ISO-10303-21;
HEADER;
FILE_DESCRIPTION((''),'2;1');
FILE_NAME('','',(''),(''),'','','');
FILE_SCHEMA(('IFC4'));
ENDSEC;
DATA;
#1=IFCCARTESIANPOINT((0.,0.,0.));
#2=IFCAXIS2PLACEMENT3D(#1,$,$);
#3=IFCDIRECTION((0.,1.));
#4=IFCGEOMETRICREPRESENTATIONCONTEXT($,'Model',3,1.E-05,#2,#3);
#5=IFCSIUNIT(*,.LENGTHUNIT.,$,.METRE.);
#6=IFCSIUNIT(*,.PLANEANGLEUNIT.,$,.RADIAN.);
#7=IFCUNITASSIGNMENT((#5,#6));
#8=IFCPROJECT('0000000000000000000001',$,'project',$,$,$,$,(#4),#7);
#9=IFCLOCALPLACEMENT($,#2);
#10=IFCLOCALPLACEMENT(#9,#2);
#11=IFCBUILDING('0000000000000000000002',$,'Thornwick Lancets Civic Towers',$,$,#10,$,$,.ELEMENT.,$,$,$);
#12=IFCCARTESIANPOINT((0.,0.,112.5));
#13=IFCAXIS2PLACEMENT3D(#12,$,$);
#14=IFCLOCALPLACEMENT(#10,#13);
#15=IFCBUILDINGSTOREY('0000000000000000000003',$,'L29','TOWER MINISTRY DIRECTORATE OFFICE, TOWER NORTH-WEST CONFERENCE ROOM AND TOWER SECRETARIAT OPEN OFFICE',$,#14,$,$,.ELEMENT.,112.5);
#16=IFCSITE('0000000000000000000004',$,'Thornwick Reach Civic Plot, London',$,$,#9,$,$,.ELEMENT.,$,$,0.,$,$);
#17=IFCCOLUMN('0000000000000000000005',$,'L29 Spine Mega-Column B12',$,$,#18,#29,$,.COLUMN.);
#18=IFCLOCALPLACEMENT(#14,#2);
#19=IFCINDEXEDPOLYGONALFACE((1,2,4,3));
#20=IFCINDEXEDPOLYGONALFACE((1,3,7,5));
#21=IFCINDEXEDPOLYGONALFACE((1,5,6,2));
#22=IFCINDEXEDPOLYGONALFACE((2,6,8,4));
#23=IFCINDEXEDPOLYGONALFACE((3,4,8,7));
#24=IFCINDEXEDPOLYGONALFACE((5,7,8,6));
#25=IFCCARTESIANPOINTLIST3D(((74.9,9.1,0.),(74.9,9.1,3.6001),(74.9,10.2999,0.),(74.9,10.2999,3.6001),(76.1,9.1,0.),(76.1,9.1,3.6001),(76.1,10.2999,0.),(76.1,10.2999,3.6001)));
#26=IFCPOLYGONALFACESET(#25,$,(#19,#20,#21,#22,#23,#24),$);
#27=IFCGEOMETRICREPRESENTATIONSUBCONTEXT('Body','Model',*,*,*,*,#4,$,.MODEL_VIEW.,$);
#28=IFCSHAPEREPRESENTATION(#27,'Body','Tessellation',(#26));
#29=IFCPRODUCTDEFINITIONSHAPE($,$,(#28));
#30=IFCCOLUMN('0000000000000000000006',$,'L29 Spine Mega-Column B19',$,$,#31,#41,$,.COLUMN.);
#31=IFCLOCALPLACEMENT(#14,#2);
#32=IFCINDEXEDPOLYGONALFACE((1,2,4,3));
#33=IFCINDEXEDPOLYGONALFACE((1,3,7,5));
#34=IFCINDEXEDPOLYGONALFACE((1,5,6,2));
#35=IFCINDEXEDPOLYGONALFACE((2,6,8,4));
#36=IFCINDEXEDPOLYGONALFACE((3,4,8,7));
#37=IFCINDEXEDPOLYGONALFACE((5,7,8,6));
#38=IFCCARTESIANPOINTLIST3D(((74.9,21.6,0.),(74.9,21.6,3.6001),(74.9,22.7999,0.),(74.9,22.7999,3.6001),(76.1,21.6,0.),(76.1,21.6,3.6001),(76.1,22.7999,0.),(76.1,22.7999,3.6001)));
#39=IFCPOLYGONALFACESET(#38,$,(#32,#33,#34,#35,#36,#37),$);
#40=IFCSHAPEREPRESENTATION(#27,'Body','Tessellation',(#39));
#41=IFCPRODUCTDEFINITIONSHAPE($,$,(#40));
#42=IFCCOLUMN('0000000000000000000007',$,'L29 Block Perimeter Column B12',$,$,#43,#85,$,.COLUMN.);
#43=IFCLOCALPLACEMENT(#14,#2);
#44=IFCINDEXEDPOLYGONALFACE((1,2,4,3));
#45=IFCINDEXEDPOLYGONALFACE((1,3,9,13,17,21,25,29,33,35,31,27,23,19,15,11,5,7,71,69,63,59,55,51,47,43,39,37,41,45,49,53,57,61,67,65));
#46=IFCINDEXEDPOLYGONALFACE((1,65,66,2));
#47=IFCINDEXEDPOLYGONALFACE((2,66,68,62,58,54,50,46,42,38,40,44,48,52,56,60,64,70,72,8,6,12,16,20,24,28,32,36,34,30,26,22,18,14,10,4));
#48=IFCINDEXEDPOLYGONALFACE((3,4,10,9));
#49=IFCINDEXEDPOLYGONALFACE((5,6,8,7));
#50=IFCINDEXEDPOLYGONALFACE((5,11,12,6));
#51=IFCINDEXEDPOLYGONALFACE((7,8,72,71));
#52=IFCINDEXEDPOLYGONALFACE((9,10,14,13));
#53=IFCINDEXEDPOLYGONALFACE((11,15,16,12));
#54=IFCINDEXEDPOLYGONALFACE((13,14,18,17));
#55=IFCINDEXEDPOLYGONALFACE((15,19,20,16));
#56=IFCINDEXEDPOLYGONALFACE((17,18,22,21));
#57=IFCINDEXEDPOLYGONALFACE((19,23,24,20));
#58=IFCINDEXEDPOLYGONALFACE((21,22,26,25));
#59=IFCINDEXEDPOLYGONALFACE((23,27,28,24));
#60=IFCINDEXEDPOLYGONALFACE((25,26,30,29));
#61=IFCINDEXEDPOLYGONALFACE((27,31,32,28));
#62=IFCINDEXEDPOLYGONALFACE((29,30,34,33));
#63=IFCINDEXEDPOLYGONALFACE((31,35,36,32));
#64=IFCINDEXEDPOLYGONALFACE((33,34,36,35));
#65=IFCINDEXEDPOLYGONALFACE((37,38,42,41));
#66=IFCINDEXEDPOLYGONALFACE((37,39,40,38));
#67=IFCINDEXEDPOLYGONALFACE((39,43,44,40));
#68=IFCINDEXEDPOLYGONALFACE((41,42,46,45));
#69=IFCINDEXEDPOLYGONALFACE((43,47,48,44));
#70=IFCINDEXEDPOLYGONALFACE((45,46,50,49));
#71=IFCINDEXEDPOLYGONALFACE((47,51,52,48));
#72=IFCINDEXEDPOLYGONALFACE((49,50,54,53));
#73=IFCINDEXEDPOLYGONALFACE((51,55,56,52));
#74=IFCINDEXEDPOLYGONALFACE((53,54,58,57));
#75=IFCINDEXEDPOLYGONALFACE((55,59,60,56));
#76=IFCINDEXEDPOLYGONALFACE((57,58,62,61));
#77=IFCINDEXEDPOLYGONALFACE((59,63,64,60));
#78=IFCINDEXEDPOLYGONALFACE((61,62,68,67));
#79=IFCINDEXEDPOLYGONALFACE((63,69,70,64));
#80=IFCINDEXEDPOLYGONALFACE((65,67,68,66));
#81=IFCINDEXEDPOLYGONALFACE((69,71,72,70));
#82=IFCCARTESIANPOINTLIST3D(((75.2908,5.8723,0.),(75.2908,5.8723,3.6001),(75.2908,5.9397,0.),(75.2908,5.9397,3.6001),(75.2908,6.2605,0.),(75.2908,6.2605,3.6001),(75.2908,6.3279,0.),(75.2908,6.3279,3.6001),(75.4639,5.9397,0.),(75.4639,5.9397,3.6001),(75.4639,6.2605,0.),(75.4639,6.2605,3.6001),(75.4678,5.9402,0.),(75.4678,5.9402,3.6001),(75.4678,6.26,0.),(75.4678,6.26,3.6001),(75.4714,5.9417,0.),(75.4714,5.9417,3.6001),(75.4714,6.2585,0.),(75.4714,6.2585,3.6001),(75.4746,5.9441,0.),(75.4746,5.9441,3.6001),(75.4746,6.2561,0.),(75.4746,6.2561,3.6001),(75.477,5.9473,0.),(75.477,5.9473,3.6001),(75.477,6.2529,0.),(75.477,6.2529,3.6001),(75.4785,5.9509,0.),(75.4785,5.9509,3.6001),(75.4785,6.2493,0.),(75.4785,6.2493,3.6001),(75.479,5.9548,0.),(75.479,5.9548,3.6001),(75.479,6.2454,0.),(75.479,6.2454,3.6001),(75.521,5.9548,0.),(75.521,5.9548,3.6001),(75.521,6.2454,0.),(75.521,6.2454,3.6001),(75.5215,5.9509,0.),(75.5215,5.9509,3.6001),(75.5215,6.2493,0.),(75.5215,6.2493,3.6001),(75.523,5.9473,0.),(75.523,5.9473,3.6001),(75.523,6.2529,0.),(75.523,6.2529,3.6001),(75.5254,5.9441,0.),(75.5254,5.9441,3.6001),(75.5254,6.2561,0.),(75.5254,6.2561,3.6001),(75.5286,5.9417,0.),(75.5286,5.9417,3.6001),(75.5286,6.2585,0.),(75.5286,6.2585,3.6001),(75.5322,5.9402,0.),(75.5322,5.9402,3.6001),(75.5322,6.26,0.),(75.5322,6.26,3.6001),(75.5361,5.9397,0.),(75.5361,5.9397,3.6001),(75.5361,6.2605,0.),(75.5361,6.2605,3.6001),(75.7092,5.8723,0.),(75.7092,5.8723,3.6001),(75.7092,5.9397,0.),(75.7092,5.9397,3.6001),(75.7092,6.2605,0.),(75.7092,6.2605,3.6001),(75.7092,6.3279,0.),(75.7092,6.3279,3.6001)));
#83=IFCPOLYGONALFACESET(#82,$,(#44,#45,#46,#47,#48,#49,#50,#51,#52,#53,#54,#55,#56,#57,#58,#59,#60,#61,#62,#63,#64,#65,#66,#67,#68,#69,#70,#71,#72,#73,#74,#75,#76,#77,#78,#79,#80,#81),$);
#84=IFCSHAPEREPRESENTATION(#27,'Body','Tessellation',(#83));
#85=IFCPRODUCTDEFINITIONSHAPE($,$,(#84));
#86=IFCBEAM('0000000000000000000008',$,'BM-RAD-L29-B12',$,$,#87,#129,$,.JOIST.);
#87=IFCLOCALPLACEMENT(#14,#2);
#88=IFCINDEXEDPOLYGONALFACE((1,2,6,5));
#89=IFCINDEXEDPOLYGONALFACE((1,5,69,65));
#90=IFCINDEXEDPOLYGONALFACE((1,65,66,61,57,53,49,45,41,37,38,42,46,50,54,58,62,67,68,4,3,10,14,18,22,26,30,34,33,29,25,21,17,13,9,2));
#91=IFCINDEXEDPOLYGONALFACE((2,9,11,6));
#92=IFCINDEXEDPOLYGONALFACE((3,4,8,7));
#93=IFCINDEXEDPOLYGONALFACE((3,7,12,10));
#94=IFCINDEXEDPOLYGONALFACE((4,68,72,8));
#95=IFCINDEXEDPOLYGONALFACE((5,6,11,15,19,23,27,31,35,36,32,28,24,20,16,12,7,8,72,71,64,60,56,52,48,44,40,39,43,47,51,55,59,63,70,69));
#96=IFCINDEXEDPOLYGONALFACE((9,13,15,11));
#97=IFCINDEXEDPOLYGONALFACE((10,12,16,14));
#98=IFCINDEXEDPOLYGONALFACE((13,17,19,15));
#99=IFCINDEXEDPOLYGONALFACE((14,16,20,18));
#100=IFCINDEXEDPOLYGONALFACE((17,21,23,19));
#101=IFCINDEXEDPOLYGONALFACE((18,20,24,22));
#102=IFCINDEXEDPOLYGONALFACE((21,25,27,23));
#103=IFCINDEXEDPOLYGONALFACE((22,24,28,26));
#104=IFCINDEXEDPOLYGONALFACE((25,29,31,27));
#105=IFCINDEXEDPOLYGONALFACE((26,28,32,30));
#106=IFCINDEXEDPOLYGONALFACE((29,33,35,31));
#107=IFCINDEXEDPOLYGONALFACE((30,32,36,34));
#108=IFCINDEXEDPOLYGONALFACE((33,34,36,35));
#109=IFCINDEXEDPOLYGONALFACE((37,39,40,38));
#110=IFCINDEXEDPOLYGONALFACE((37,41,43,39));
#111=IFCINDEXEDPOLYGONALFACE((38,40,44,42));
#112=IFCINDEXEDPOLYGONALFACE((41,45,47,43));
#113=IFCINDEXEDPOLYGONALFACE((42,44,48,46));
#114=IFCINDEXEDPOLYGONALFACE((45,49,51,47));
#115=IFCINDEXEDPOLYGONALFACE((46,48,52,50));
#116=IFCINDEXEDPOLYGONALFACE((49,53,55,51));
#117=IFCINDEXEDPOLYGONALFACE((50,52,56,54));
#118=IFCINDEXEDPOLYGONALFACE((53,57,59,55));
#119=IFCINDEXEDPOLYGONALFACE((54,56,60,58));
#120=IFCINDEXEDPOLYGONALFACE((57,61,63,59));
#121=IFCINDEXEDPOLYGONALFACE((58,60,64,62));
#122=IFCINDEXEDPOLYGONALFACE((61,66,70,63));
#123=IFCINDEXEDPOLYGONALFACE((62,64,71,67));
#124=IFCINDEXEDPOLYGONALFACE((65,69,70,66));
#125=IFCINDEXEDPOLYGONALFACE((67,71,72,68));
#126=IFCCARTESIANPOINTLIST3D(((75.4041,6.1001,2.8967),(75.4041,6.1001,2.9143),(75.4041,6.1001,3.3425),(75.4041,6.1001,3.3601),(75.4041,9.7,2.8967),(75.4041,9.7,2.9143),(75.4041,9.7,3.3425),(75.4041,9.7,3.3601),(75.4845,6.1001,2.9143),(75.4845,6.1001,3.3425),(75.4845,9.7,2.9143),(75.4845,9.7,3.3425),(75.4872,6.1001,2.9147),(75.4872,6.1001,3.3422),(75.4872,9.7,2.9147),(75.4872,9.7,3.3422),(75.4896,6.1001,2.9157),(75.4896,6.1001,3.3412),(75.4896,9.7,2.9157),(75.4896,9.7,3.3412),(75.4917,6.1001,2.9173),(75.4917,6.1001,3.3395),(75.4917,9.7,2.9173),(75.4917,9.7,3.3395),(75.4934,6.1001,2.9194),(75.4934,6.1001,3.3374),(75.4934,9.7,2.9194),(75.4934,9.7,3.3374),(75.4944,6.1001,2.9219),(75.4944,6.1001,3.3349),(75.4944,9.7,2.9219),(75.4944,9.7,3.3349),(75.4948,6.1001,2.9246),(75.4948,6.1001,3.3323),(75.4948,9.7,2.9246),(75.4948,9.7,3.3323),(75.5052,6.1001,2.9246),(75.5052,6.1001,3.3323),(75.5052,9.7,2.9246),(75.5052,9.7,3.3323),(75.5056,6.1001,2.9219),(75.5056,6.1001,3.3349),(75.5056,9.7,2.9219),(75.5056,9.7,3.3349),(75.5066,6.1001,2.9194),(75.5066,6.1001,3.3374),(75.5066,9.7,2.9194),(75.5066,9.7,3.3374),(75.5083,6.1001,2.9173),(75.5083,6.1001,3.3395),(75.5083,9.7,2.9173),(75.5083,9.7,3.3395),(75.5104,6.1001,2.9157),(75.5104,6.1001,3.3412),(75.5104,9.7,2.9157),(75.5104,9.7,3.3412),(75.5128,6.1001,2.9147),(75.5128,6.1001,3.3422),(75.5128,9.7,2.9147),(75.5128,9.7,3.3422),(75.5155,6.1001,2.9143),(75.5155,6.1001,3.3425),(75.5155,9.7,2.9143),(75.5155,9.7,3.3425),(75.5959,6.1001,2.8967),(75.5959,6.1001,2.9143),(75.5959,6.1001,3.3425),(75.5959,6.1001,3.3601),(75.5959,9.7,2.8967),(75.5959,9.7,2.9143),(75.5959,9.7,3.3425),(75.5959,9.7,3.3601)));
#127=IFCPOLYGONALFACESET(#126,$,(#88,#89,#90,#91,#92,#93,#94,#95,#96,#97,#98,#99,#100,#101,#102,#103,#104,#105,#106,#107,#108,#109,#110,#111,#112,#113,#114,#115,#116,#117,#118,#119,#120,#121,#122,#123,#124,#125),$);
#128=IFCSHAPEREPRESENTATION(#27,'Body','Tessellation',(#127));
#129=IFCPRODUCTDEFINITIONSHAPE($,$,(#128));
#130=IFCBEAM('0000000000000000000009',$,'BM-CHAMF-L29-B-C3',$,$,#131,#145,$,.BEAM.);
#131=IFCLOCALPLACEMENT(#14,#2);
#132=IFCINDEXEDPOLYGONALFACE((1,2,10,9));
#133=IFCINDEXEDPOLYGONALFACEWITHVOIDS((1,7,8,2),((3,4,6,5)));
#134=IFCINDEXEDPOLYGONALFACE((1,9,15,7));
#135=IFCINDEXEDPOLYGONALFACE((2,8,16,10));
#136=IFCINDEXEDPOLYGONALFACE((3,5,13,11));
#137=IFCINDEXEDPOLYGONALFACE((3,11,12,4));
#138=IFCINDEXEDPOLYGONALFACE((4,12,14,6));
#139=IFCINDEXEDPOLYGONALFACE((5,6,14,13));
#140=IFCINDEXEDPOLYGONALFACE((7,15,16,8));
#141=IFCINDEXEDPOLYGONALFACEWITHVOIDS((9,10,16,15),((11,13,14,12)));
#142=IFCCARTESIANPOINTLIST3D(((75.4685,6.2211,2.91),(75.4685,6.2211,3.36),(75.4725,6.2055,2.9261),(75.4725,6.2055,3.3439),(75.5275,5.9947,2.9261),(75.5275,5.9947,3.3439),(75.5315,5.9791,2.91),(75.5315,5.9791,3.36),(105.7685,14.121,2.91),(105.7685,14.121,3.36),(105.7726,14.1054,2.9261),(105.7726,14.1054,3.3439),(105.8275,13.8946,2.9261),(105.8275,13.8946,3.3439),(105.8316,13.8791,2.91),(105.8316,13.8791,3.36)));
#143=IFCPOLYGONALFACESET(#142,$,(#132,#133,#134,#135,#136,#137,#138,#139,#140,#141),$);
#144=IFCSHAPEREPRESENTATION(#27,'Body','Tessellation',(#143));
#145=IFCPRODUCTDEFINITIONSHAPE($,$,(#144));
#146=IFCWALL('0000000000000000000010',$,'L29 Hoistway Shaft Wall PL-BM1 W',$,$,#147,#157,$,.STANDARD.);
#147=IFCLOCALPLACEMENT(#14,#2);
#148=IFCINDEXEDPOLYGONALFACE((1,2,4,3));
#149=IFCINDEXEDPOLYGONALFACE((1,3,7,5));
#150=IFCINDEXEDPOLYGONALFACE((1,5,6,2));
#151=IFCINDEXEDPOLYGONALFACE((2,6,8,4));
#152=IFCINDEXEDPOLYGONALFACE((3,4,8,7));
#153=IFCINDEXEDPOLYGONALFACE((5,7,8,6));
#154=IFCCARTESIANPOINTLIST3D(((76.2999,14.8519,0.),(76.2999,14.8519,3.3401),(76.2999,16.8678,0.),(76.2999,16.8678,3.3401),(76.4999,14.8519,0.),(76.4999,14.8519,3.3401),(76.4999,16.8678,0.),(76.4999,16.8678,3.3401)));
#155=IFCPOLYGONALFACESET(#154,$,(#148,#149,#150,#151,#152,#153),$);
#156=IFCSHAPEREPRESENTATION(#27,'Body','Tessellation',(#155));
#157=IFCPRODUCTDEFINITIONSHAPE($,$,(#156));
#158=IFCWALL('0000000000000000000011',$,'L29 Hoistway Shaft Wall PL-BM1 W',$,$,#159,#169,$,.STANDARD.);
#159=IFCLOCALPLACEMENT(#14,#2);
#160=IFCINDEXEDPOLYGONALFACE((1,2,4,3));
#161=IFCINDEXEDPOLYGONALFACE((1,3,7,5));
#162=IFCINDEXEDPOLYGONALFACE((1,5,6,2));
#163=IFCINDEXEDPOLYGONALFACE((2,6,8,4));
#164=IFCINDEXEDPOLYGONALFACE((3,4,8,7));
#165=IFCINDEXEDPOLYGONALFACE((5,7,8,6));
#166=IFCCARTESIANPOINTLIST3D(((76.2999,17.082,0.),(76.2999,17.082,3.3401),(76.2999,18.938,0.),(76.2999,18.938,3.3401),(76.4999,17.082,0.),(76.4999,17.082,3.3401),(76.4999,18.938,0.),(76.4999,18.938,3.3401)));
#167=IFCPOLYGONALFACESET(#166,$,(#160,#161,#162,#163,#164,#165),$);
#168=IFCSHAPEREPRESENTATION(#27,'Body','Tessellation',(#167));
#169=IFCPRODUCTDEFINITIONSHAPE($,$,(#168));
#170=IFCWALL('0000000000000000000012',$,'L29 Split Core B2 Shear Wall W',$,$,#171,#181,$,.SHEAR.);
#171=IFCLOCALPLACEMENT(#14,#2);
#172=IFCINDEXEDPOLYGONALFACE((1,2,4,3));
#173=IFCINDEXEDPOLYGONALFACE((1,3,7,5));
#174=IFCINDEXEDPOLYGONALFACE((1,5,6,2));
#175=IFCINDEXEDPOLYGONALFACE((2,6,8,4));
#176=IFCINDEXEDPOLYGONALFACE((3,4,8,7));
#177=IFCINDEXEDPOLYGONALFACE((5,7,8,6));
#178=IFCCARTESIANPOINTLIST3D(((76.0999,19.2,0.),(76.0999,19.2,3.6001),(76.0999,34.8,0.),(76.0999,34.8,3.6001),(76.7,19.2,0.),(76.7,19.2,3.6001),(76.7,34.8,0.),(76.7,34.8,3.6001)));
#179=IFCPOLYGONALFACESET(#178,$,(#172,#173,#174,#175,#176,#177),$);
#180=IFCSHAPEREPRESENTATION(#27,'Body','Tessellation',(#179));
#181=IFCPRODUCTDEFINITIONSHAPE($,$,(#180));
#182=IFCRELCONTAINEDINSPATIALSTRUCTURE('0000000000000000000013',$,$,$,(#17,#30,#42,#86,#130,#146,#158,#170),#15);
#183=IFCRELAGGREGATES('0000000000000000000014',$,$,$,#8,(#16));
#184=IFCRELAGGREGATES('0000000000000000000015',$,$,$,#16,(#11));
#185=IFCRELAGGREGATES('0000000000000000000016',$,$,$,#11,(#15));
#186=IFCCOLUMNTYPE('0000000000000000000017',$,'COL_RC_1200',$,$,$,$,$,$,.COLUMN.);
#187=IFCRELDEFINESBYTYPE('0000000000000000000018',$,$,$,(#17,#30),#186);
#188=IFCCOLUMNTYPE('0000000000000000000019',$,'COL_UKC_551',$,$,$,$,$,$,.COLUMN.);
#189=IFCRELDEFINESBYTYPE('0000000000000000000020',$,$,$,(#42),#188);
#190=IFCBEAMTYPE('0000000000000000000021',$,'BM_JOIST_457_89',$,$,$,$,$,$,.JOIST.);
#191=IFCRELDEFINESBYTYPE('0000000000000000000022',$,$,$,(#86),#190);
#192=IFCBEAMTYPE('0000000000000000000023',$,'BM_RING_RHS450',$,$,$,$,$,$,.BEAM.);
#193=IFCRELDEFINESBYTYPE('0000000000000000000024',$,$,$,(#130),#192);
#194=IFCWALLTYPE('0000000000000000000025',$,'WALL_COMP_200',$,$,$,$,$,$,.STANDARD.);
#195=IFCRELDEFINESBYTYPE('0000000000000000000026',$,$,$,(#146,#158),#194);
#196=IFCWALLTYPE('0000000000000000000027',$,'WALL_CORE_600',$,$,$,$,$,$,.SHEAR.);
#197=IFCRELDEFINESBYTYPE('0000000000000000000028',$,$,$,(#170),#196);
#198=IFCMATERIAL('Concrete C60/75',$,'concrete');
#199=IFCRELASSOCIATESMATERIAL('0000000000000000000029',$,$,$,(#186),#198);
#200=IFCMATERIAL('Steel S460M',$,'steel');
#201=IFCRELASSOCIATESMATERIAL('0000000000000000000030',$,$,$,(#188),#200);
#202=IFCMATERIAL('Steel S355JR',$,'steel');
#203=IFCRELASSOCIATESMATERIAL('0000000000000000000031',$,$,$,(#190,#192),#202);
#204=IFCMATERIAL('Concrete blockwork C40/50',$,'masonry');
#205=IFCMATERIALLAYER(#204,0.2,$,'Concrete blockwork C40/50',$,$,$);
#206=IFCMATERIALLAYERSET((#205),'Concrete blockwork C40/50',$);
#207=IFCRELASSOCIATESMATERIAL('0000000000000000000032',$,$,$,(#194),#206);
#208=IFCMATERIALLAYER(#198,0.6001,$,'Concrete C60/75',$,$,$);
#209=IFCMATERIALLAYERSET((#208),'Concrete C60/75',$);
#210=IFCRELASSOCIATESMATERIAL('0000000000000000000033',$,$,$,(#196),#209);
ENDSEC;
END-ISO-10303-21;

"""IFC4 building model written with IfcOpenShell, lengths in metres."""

from ifc_helpers import new_model, si_unit, direction, frame, frame_2d, origin, origin_2d, place, context, subcontext, project, spatial, rectangle, hollow_rectangle, i_section, extrude, material, layer, layer_set, material_profile, profile_set, type_object, element, save


model = new_model("IFC4")

# Units and contexts
model_context = context("Model", 3, precision=1e-05, world=origin(), true_north=direction((0.0, 1.0)))
body_context = subcontext(model_context, "Body", "Model", "MODEL_VIEW")
ifc_project = project(units=[si_unit("LENGTHUNIT", "METRE"), si_unit("PLANEANGLEUNIT", "RADIAN")], contexts=[model_context])

# Site, building, storey
site_placement = place(None, origin())
site = spatial("IfcSite", under=ifc_project, at=site_placement, Name="Thornwick Reach Civic Plot, London", CompositionType="ELEMENT", RefElevation=0.0)
building_placement = place(site_placement, origin())
building = spatial("IfcBuilding", under=site, at=building_placement, Name="Thornwick Lancets Civic Towers", CompositionType="ELEMENT")
storey_placement = place(building_placement, frame((0.0, 0.0, 112.5)))
storey = spatial("IfcBuildingStorey", under=building, at=storey_placement, Name="L29", Description="TOWER MINISTRY DIRECTORATE OFFICE, TOWER NORTH-WEST CONFERENCE ROOM AND TOWER SECRETARIAT OPEN OFFICE", CompositionType="ELEMENT", Elevation=112.5)

# Columns
ifc_material_1 = material(Name="Concrete C60/75", Category="concrete")
ifc_material_profile_1 = material_profile(ifc_material_1, rectangle(XDim=1.2, YDim=1.2, at=origin_2d()), Name="RC 1200x1200")
ifc_profile_set_1 = profile_set([ifc_material_profile_1], Name="Concrete C60/75")
column_type_1 = type_object("IfcColumnType", Name="COL_RC_1200", PredefinedType="COLUMN", material=ifc_profile_set_1)
for number, where, z_axis, x_axis, name in (
    (1, (75.5, 9.7, 0.0), (0.0, 0.0, 1.0), (1.0, 0.0, 0.0), "L29 Spine Mega-Column B12"),
    (2, (75.5, 22.2, 0.0), (0.0, 0.0, 1.0), (1.0, 0.0, 0.0), "L29 Spine Mega-Column B19"),
):
    element("IfcColumn", number, at=place(storey_placement, frame(where, z_axis=z_axis, x_axis=x_axis)), inside=storey, type_object=column_type_1, Name=name, PredefinedType="COLUMN", context=body_context, shape_type="SweptSolid", body=[
        extrude(rectangle(XDim=1.2, YDim=1.2, at=origin_2d()), origin(), (0.0, 0.0, 1.0), 3.6001),
    ])
ifc_material_2 = material(Name="Steel S460M", Category="steel")
ifc_material_profile_2 = material_profile(ifc_material_2, i_section(OverallWidth=0.4185, OverallDepth=0.4556, WebThickness=0.042, FlangeThickness=0.0674, FilletRadius=0.0151, at=origin_2d()), Name="UKC 356x406x551")
ifc_profile_set_2 = profile_set([ifc_material_profile_2], Name="Steel S460M")
column_type_2 = type_object("IfcColumnType", Name="COL_UKC_551", PredefinedType="COLUMN", material=ifc_profile_set_2)
column_placement = place(storey_placement, frame((75.5, 6.1001, 0.0), z_axis=(0.0, 0.0, 1.0), x_axis=(1.0, 0.0, 0.0)))
element("IfcColumn", 3, at=column_placement, inside=storey, type_object=column_type_2, Name="L29 Block Perimeter Column B12", PredefinedType="COLUMN", context=body_context, shape_type="SweptSolid", body=[
    extrude(i_section(OverallWidth=0.4185, OverallDepth=0.4556, WebThickness=0.042, FlangeThickness=0.0674, FilletRadius=0.0151, at=origin_2d()), origin(), (0.0, 0.0, 1.0), 3.6001),
])

# Beams
ifc_material_3 = material(Name="Steel S355JR", Category="steel")
ifc_material_profile_3 = material_profile(ifc_material_3, i_section(OverallWidth=0.1919, OverallDepth=0.4634, WebThickness=0.0105, FlangeThickness=0.0176, FilletRadius=0.0103, at=origin_2d()), Name="UKB 457x191x89")
ifc_profile_set_3 = profile_set([ifc_material_profile_3], Name="Steel S355JR")
beam_type_1 = type_object("IfcBeamType", Name="BM_JOIST_457_89", PredefinedType="JOIST", material=ifc_profile_set_3)
beam_1_placement = place(storey_placement, frame((75.5, 9.7, 3.1284), z_axis=(0.0, -1.0, 0.0), x_axis=(1.0, 0.0, 0.0)))
element("IfcBeam", 4, at=beam_1_placement, inside=storey, type_object=beam_type_1, Name="BM-RAD-L29-B12", PredefinedType="JOIST", context=body_context, shape_type="SweptSolid", body=[
    extrude(i_section(OverallWidth=0.1919, OverallDepth=0.4634, WebThickness=0.0105, FlangeThickness=0.0176, FilletRadius=0.0103, at=origin_2d()), origin(), (0.0, 0.0, 1.0), 3.5999),
])
ifc_material_profile_4 = material_profile(ifc_material_3, hollow_rectangle(XDim=0.25, YDim=0.45, WallThickness=0.0161, at=origin_2d()), Name="RHS 450x250x16")
ifc_profile_set_4 = profile_set([ifc_material_profile_4], Name="Steel S355JR")
beam_type_2 = type_object("IfcBeamType", Name="BM_RING_RHS450", PredefinedType="BEAM", material=ifc_profile_set_4)
beam_2_placement = place(storey_placement, frame((75.5, 6.1001, 3.135), z_axis=(0.967652, 0.252289, 0.0), x_axis=(-0.252289, 0.967652, 0.0)))
element("IfcBeam", 5, at=beam_2_placement, inside=storey, type_object=beam_type_2, Name="BM-CHAMF-L29-B-C3", PredefinedType="BEAM", context=body_context, shape_type="SweptSolid", body=[
    extrude(hollow_rectangle(XDim=0.25, YDim=0.45, WallThickness=0.0161, at=origin_2d()), origin(), (0.0, 0.0, 1.0), 31.313),
])

# Walls
ifc_material_4 = material(Name="Concrete blockwork C40/50", Category="masonry")
ifc_layer_1 = layer(ifc_material_4, 0.2, Name="Concrete blockwork C40/50")
ifc_layer_set_1 = layer_set([ifc_layer_1], Name="Concrete blockwork C40/50")
wall_type_1 = type_object("IfcWallType", Name="WALL_COMP_200", PredefinedType="STANDARD", material=ifc_layer_set_1)
wall_1_placement = place(storey_placement, frame((76.3999, 14.8521, 0.0), z_axis=(0.0, 0.0, 1.0), x_axis=(0.0, 1.0, 0.0)))
element("IfcWall", 6, at=wall_1_placement, inside=storey, type_object=wall_type_1, Name="L29 Hoistway Shaft Wall PL-BM1 W", PredefinedType="STANDARD", context=body_context, shape_type="SweptSolid", body=[
    extrude(rectangle(XDim=2.0159, YDim=0.2, at=frame_2d((1.0078, 0.0))), origin(), (0.0, 0.0, 1.0), 3.3401),
])
wall_2_placement = place(storey_placement, frame((76.3999, 17.082, 0.0), z_axis=(0.0, 0.0, 1.0), x_axis=(0.0, 1.0, 0.0)))
element("IfcWall", 7, at=wall_2_placement, inside=storey, type_object=wall_type_1, Name="L29 Hoistway Shaft Wall PL-BM1 W", PredefinedType="STANDARD", context=body_context, shape_type="SweptSolid", body=[
    extrude(rectangle(XDim=1.856, YDim=0.2, at=frame_2d((0.928, 0.0))), origin(), (0.0, 0.0, 1.0), 3.3401),
])
ifc_layer_2 = layer(ifc_material_1, 0.6001, Name="Concrete C60/75")
ifc_layer_set_2 = layer_set([ifc_layer_2], Name="Concrete C60/75")
wall_type_2 = type_object("IfcWallType", Name="WALL_CORE_600", PredefinedType="SHEAR", material=ifc_layer_set_2)
wall_3_placement = place(storey_placement, frame((76.3999, 19.2, 0.0), z_axis=(0.0, 0.0, 1.0), x_axis=(0.0, 1.0, 0.0)))
element("IfcWall", 8, at=wall_3_placement, inside=storey, type_object=wall_type_2, Name="L29 Split Core B2 Shear Wall W", PredefinedType="SHEAR", context=body_context, shape_type="SweptSolid", body=[
    extrude(rectangle(XDim=15.6001, YDim=0.6001, at=frame_2d((7.8, 0.0))), origin(), (0.0, 0.0, 1.0), 3.6001),
])

save(model, "model.ifc")
